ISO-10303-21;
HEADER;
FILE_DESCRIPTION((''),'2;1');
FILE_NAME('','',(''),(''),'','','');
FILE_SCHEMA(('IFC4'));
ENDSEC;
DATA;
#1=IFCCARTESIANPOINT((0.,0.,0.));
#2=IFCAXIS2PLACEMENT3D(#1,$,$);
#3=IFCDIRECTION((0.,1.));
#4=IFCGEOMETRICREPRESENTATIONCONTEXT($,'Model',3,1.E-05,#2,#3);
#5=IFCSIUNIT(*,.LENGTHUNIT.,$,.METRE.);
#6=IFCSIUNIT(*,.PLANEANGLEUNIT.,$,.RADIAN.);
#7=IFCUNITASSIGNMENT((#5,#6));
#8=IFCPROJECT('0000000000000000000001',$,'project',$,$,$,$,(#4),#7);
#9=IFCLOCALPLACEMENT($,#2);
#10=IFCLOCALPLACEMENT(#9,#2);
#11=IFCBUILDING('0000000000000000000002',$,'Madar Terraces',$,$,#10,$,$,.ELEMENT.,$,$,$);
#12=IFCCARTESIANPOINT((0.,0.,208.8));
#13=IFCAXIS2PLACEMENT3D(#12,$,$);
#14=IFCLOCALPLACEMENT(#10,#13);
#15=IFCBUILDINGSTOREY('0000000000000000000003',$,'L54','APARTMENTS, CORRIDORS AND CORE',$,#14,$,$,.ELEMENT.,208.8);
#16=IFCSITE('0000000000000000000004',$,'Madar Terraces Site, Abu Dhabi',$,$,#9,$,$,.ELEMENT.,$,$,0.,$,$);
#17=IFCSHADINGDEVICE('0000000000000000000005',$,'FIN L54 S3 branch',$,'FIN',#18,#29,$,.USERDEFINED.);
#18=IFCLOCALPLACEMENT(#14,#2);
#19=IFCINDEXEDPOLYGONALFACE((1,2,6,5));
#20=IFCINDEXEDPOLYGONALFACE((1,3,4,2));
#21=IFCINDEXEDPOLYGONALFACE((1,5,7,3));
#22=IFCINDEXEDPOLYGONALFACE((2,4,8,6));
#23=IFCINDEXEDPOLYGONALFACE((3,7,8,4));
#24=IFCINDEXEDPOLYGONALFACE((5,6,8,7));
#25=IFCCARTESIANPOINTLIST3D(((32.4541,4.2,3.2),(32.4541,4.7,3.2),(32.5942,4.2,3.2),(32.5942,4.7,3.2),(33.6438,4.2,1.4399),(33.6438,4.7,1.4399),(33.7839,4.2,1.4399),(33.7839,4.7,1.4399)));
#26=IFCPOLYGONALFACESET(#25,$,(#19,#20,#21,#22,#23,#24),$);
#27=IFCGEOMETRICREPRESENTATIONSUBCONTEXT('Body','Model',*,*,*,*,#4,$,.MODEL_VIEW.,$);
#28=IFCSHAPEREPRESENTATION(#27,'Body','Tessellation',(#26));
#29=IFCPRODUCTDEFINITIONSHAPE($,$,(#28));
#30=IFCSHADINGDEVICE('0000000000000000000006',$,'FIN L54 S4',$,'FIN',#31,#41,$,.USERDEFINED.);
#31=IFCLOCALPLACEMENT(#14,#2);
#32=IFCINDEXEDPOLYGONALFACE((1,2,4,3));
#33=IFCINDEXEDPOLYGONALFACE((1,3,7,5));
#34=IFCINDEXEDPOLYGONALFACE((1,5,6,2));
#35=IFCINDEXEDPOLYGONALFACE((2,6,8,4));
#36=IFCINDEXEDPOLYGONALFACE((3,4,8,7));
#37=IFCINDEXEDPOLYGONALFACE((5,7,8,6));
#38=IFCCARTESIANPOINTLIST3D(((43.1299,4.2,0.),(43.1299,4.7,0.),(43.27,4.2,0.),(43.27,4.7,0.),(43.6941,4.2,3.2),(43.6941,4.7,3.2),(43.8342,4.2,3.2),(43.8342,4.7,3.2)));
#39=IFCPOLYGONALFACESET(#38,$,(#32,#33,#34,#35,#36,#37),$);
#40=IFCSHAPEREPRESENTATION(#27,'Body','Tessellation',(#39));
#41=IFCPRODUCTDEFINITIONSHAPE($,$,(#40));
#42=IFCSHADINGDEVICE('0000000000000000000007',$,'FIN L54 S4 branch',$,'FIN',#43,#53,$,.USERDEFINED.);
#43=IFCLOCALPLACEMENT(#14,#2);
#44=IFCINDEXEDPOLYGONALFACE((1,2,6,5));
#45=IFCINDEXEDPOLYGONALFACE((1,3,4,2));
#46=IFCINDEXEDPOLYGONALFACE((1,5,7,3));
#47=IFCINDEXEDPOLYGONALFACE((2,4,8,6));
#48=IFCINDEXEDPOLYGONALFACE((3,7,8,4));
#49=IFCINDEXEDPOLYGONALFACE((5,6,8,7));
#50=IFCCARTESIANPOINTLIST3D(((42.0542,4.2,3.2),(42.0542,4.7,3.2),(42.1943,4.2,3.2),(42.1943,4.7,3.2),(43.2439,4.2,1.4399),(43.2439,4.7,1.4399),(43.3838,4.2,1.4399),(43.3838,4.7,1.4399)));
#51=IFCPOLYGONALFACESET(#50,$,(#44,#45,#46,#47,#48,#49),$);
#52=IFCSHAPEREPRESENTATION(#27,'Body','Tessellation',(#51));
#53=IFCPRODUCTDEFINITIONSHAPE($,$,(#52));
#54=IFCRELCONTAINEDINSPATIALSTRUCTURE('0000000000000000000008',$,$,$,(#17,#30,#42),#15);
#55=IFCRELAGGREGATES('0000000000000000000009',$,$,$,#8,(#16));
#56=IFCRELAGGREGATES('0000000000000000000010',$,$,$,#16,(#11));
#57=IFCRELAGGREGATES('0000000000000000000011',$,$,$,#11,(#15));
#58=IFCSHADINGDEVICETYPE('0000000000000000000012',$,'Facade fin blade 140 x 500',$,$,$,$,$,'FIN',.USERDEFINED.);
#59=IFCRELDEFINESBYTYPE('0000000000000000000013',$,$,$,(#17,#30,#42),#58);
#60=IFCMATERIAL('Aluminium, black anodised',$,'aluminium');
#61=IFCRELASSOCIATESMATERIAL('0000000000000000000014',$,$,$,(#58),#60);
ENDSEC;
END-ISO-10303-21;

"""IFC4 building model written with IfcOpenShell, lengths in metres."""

from ifc_helpers import new_model, si_unit, direction, frame, origin, place, context, subcontext, project, spatial, polyline, outline, extrude, material, type_object, element, save


model = new_model("IFC4")

# Units and contexts
model_context = context("Model", 3, precision=1e-05, world=origin(), true_north=direction((0.0, 1.0)))
body_context = subcontext(model_context, "Body", "Model", "MODEL_VIEW")
ifc_project = project(units=[si_unit("LENGTHUNIT", "METRE"), si_unit("PLANEANGLEUNIT", "RADIAN")], contexts=[model_context])

# Site, building, storey
site_placement = place(None, origin())
site = spatial("IfcSite", under=ifc_project, at=site_placement, Name="Madar Terraces Site, Abu Dhabi", CompositionType="ELEMENT", RefElevation=0.0)
building_placement = place(site_placement, origin())
building = spatial("IfcBuilding", under=site, at=building_placement, Name="Madar Terraces", CompositionType="ELEMENT")
storey_placement = place(building_placement, frame((0.0, 0.0, 208.8)))
storey = spatial("IfcBuildingStorey", under=building, at=storey_placement, Name="L54", Description="APARTMENTS, CORRIDORS AND CORE", CompositionType="ELEMENT", Elevation=208.8)

# Shading devices
ifc_material_1 = material(Name="Aluminium, black anodised", Category="aluminium")
shading_device_type = type_object("IfcShadingDeviceType", Name="Facade fin blade 140 x 500", ElementType="FIN", PredefinedType="USERDEFINED", material=ifc_material_1)
shading_device_1_placement = place(storey_placement, frame((33.6438, 4.45, 1.4399), z_axis=(0.0, 0.0, 1.0), x_axis=(1.0, 0.0, 0.0)))
element("IfcShadingDevice", 1, at=shading_device_1_placement, inside=storey, type_object=shading_device_type, Name="FIN L54 S3 branch", ObjectType="FIN", PredefinedType="USERDEFINED", context=body_context, shape_type="SweptSolid", body=[
    extrude(outline(polyline([(0.0, 0.0), (0.1401, 0.0), (-1.0496, 1.76), (-1.1897, 1.76), (0.0, 0.0)])), frame((0.0, 0.25, 0.0), z_axis=(0.0, -1.0, 0.0), x_axis=(1.0, 0.0, 0.0)), (0.0, 0.0, 1.0), 0.5),
])
shading_device_2_placement = place(storey_placement, frame((43.1299, 4.45, 0.0), z_axis=(0.0, 0.0, 1.0), x_axis=(1.0, 0.0, 0.0)))
element("IfcShadingDevice", 2, at=shading_device_2_placement, inside=storey, type_object=shading_device_type, Name="FIN L54 S4", ObjectType="FIN", PredefinedType="USERDEFINED", context=body_context, shape_type="SweptSolid", body=[
    extrude(outline(polyline([(0.0, 0.0), (0.1401, 0.0), (0.7043, 3.2), (0.5642, 3.2), (0.0, 0.0)])), frame((0.0, 0.25, 0.0), z_axis=(0.0, -1.0, 0.0), x_axis=(1.0, 0.0, 0.0)), (0.0, 0.0, 1.0), 0.5),
])
shading_device_3_placement = place(storey_placement, frame((43.2439, 4.45, 1.4399), z_axis=(0.0, 0.0, 1.0), x_axis=(1.0, 0.0, 0.0)))
element("IfcShadingDevice", 3, at=shading_device_3_placement, inside=storey, type_object=shading_device_type, Name="FIN L54 S4 branch", ObjectType="FIN", PredefinedType="USERDEFINED", context=body_context, shape_type="SweptSolid", body=[
    extrude(outline(polyline([(0.0, 0.0), (0.1399, 0.0), (-1.0496, 1.76), (-1.1897, 1.76), (0.0, 0.0)])), frame((0.0, 0.25, 0.0), z_axis=(0.0, -1.0, 0.0), x_axis=(1.0, 0.0, 0.0)), (0.0, 0.0, 1.0), 0.5),
])

save(model, "model.ifc")
